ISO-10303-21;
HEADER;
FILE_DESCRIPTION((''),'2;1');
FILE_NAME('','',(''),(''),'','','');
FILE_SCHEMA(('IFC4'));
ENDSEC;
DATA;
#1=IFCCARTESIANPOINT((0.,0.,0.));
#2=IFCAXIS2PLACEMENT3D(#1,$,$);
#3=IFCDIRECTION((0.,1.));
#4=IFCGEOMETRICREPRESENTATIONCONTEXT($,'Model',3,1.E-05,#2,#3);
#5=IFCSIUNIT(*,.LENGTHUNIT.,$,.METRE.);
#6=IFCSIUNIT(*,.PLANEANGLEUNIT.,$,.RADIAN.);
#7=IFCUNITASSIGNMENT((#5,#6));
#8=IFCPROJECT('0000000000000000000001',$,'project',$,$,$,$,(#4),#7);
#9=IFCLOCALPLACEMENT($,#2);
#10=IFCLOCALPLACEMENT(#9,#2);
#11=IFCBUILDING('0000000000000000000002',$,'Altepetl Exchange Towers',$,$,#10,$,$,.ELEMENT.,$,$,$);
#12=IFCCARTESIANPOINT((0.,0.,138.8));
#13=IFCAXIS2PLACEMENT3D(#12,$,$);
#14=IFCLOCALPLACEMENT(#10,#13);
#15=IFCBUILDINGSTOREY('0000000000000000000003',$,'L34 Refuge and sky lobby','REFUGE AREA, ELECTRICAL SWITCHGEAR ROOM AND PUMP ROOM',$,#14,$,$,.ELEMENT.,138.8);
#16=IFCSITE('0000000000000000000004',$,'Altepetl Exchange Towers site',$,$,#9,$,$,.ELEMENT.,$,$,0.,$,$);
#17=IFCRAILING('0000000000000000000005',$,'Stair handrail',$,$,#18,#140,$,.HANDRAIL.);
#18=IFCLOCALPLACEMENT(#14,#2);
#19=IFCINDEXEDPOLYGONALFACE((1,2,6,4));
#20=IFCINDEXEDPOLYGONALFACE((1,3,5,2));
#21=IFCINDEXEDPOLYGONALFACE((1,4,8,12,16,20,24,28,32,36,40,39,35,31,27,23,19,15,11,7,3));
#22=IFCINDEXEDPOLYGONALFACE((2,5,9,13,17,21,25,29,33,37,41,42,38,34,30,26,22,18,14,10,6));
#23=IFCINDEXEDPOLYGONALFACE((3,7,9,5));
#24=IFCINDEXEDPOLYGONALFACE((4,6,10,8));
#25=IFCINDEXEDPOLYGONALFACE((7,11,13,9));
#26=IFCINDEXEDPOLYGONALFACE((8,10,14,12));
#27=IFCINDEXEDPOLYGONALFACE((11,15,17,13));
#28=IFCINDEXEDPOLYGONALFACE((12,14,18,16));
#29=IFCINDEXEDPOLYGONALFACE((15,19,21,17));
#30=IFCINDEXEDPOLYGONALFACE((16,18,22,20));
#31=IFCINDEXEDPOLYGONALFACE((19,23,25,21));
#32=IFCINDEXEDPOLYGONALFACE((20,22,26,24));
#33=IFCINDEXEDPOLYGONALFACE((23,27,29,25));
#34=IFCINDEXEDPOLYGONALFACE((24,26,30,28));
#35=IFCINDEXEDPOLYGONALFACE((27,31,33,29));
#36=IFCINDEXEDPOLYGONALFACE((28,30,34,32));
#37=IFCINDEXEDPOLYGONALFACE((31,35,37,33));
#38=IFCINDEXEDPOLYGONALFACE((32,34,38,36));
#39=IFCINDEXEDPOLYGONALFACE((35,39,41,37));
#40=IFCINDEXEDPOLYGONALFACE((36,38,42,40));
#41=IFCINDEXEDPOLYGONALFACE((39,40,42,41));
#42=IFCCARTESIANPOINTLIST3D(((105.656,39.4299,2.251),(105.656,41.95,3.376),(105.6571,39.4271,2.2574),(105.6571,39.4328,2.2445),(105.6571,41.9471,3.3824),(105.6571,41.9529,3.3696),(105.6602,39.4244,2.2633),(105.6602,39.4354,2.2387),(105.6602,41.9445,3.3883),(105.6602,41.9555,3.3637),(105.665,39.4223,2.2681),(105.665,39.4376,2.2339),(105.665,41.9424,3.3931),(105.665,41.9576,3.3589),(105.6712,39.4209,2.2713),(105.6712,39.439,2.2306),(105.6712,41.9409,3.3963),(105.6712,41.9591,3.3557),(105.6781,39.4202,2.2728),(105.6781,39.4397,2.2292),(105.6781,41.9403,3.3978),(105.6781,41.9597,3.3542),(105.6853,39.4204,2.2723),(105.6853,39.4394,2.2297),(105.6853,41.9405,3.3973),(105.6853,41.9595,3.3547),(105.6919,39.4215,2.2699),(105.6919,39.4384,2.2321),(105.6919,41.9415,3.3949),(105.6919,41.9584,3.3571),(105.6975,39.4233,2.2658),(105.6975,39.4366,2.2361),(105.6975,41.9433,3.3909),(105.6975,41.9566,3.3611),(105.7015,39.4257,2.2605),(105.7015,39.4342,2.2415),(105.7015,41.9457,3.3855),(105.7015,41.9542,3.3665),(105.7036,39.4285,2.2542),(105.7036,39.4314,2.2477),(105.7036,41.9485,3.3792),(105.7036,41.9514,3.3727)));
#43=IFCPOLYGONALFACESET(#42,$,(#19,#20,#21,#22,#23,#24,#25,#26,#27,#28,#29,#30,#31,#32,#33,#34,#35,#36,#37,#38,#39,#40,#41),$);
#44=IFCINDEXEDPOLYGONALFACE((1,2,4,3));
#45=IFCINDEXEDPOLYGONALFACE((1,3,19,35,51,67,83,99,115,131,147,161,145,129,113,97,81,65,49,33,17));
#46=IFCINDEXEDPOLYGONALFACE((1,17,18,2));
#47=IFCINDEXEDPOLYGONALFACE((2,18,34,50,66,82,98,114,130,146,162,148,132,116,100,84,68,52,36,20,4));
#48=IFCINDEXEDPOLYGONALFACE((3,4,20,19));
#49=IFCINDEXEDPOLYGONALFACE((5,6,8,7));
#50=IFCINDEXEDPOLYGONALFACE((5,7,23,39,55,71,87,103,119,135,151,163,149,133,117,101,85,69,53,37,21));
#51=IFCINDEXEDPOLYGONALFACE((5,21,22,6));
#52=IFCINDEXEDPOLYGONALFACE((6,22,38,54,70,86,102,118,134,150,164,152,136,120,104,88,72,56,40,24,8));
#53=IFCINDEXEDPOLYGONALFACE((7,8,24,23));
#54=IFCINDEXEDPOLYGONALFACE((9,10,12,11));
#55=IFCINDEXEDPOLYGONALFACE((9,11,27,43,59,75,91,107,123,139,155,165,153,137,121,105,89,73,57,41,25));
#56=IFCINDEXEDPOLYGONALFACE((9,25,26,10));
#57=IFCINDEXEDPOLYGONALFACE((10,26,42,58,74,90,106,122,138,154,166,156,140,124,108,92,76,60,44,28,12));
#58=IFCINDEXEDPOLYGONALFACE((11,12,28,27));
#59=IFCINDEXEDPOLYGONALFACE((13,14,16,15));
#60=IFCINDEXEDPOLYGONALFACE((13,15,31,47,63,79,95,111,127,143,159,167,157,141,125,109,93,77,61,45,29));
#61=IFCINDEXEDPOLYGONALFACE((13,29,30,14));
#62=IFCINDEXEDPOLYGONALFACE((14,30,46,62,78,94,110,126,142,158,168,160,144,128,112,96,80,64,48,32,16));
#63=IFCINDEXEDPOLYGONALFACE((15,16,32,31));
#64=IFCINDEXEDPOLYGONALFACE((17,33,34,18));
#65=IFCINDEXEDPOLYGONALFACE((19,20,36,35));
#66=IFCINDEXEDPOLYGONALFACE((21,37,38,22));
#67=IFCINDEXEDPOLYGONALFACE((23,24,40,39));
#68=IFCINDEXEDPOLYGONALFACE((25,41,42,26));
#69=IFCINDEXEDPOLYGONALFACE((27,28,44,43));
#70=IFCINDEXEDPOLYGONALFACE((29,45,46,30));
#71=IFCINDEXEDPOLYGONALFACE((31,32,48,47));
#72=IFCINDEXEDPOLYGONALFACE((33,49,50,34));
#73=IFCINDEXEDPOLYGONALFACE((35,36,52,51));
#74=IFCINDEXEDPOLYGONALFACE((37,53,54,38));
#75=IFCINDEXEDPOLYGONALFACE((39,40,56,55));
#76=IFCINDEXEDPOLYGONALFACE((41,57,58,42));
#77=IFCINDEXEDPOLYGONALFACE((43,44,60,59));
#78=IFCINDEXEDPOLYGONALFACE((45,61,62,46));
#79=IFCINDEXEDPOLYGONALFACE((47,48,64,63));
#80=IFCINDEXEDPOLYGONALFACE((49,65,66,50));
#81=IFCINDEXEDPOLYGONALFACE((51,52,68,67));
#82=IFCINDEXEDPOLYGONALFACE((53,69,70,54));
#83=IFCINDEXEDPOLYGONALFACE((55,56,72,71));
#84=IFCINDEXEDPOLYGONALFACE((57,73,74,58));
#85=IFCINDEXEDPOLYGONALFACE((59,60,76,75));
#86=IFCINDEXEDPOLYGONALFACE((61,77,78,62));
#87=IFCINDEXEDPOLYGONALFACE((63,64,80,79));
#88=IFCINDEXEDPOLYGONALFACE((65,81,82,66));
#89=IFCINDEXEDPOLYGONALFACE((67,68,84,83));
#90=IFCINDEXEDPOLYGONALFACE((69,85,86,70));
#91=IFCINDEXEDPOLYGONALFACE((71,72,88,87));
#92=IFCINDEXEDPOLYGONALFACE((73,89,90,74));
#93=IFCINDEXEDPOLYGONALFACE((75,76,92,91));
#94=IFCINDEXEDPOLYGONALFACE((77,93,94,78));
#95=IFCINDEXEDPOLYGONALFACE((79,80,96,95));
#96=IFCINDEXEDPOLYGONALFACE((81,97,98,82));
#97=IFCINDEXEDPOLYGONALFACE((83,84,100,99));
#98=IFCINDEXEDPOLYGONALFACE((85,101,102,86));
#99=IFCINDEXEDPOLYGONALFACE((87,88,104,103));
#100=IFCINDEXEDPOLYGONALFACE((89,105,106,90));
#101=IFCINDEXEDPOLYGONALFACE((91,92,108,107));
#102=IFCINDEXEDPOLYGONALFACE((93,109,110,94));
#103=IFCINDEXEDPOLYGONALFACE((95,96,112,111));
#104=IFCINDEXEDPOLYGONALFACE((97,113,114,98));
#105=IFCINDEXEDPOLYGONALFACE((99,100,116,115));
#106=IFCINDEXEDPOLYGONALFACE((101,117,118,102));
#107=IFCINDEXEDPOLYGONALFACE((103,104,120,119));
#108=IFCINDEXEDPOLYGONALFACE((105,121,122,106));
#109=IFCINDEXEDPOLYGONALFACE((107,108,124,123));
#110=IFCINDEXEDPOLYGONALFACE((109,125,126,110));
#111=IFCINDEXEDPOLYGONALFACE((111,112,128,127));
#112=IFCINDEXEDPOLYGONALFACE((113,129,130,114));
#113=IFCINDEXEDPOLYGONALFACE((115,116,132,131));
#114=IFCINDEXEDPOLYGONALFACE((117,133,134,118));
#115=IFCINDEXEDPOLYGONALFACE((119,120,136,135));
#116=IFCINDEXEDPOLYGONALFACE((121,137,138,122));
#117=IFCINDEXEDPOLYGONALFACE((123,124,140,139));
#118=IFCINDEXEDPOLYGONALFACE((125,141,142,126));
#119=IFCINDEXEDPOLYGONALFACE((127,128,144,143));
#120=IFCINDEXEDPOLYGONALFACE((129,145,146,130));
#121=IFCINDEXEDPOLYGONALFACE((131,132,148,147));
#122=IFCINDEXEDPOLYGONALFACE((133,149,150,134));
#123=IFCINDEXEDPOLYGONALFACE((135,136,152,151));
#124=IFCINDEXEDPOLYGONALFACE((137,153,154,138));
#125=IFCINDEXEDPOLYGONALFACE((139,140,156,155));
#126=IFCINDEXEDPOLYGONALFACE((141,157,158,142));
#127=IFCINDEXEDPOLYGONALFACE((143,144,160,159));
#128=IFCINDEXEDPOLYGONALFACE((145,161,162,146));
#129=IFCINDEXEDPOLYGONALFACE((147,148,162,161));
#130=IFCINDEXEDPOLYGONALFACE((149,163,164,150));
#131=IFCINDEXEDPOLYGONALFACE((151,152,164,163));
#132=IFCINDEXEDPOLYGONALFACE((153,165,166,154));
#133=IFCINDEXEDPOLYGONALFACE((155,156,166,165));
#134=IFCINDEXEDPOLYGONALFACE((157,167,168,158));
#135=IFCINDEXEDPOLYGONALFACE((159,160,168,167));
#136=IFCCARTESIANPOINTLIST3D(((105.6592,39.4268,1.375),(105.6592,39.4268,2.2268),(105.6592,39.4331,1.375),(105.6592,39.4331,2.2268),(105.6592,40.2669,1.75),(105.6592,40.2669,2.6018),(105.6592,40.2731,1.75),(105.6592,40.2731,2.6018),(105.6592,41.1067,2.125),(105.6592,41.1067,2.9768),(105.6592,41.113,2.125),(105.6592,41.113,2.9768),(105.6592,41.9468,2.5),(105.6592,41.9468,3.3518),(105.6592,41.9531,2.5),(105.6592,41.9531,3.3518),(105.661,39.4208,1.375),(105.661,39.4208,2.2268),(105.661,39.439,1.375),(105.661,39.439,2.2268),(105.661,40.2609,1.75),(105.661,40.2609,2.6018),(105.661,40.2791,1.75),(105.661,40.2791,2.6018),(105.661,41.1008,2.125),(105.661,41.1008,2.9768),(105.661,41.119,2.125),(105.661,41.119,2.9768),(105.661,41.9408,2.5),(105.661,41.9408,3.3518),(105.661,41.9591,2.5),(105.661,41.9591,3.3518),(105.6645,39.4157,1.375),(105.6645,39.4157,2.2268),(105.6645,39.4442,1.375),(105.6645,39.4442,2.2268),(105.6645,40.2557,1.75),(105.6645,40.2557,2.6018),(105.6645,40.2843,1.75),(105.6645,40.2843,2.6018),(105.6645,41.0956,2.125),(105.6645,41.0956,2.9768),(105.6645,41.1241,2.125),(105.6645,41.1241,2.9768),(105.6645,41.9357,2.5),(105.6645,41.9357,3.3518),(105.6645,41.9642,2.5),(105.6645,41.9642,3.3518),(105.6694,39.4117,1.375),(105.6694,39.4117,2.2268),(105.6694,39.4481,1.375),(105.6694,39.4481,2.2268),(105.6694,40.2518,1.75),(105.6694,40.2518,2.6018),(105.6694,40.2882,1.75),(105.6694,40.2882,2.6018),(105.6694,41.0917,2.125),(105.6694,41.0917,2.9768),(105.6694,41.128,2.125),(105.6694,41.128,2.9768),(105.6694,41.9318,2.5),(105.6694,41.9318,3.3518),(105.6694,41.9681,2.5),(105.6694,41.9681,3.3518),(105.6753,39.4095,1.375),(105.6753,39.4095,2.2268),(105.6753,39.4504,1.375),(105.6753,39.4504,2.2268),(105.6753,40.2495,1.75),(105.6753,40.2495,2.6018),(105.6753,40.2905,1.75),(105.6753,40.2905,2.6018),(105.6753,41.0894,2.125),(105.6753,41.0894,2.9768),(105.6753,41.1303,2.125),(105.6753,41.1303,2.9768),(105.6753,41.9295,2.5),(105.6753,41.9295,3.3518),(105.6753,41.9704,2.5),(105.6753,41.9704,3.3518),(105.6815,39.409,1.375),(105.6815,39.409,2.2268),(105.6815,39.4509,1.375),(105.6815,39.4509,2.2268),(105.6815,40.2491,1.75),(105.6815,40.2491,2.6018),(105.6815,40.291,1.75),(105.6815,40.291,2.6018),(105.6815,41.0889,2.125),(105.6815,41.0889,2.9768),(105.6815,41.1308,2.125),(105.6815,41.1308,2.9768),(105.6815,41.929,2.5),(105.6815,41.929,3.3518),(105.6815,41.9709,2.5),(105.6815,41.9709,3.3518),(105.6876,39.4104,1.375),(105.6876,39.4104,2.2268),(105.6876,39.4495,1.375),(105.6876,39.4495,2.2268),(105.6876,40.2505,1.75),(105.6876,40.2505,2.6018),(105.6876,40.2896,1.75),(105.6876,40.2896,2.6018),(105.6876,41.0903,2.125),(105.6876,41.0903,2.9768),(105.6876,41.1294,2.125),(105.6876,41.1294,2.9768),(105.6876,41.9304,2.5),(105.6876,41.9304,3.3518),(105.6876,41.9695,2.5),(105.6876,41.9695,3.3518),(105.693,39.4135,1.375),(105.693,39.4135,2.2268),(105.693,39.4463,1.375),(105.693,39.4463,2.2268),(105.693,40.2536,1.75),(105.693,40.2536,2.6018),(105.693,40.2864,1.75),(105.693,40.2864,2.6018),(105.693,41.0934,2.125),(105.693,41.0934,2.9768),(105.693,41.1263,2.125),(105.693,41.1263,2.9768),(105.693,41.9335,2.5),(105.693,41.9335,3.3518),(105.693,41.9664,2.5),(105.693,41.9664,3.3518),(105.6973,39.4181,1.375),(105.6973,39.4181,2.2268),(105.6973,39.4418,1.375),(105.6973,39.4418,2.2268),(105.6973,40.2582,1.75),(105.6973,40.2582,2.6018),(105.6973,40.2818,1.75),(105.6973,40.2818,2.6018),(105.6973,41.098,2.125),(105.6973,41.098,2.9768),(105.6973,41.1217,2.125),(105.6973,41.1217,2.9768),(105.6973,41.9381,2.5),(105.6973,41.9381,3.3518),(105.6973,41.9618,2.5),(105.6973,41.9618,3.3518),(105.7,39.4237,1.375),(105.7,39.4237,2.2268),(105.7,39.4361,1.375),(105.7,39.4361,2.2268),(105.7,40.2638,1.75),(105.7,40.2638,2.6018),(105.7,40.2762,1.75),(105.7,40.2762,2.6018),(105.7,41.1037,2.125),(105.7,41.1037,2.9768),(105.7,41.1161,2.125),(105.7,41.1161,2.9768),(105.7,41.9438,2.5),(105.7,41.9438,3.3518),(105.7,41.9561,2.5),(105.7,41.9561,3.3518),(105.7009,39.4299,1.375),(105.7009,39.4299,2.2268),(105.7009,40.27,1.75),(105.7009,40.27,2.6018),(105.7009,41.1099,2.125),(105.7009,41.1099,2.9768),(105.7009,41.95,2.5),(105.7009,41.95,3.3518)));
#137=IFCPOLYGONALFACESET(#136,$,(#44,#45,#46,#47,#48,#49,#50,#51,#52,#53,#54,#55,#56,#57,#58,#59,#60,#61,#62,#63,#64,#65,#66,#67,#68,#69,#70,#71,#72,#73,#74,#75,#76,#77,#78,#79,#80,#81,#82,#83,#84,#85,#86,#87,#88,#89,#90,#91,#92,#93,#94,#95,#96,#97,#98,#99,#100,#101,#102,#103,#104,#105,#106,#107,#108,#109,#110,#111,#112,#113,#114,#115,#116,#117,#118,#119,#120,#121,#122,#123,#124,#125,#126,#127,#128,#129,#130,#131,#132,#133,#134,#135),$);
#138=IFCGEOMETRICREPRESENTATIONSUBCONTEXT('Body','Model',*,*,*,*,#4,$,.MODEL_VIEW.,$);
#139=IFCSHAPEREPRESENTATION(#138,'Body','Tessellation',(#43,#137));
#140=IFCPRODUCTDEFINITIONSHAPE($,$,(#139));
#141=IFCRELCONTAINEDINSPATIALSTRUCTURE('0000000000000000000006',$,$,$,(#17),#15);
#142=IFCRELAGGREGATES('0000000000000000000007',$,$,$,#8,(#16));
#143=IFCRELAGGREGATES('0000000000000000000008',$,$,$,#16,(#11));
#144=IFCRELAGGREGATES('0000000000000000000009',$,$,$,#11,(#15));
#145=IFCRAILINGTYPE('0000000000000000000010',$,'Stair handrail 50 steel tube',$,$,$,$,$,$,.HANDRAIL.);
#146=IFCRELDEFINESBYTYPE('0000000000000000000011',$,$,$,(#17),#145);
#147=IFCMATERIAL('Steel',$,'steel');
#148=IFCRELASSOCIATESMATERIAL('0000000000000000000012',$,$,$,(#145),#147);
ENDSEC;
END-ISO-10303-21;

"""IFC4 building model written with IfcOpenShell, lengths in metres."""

from ifc_helpers import new_model, si_unit, direction, frame, origin, origin_2d, place, context, subcontext, project, spatial, circle, extrude, source, transform, mapped, material, type_object, element, save


model = new_model("IFC4")

# Units and contexts
model_context = context("Model", 3, precision=1e-05, world=origin(), true_north=direction((0.0, 1.0)))
body_context = subcontext(model_context, "Body", "Model", "MODEL_VIEW")
ifc_project = project(units=[si_unit("LENGTHUNIT", "METRE"), si_unit("PLANEANGLEUNIT", "RADIAN")], contexts=[model_context])

# Site, building, storey
site_placement = place(None, origin())
site = spatial("IfcSite", under=ifc_project, at=site_placement, Name="Altepetl Exchange Towers site", CompositionType="ELEMENT", RefElevation=0.0)
building_placement = place(site_placement, origin())
building = spatial("IfcBuilding", under=site, at=building_placement, Name="Altepetl Exchange Towers", CompositionType="ELEMENT")
storey_placement = place(building_placement, frame((0.0, 0.0, 138.8)))
storey = spatial("IfcBuildingStorey", under=building, at=storey_placement, Name="L34 Refuge and sky lobby", Description="REFUGE AREA, ELECTRICAL SWITCHGEAR ROOM AND PUMP ROOM", CompositionType="ELEMENT", Elevation=138.8)

# Railing
ifc_material_1 = material(Name="Steel", Category="steel")
railing_type = type_object("IfcRailingType", Name="Stair handrail 50 steel tube", PredefinedType="HANDRAIL", material=ifc_material_1)
shared_shape = source(origin(), body_context, "Body", "SweptSolid", [
    extrude(circle(Radius=0.021, at=origin_2d()), origin(), (0.0, 0.0, 1.0), 0.8518),
])
railing_1_placement = place(storey_placement, frame((105.6799, 39.4299, 1.375)))
element("IfcRailing", 1, at=railing_1_placement, inside=storey, type_object=railing_type, Name="Stair handrail", PredefinedType="HANDRAIL", context=body_context, shape_type="SweptSolid", body=[
    extrude(circle(Radius=0.0239, at=origin_2d()), frame((0.0, 0.0, 0.876), z_axis=(0.0, 0.913139, 0.407648), x_axis=(-1.0, 0.0, 0.0)), (0.0, 0.0, 1.0), 2.7598),
    mapped(shared_shape, transform((0.0, 0.0, 0.0))),
    mapped(shared_shape, transform((0.0, 0.8401, 0.375))),
    mapped(shared_shape, transform((0.0, 1.6799, 0.75))),
    mapped(shared_shape, transform((0.0, 2.52, 1.125))),
])

save(model, "model.ifc")
